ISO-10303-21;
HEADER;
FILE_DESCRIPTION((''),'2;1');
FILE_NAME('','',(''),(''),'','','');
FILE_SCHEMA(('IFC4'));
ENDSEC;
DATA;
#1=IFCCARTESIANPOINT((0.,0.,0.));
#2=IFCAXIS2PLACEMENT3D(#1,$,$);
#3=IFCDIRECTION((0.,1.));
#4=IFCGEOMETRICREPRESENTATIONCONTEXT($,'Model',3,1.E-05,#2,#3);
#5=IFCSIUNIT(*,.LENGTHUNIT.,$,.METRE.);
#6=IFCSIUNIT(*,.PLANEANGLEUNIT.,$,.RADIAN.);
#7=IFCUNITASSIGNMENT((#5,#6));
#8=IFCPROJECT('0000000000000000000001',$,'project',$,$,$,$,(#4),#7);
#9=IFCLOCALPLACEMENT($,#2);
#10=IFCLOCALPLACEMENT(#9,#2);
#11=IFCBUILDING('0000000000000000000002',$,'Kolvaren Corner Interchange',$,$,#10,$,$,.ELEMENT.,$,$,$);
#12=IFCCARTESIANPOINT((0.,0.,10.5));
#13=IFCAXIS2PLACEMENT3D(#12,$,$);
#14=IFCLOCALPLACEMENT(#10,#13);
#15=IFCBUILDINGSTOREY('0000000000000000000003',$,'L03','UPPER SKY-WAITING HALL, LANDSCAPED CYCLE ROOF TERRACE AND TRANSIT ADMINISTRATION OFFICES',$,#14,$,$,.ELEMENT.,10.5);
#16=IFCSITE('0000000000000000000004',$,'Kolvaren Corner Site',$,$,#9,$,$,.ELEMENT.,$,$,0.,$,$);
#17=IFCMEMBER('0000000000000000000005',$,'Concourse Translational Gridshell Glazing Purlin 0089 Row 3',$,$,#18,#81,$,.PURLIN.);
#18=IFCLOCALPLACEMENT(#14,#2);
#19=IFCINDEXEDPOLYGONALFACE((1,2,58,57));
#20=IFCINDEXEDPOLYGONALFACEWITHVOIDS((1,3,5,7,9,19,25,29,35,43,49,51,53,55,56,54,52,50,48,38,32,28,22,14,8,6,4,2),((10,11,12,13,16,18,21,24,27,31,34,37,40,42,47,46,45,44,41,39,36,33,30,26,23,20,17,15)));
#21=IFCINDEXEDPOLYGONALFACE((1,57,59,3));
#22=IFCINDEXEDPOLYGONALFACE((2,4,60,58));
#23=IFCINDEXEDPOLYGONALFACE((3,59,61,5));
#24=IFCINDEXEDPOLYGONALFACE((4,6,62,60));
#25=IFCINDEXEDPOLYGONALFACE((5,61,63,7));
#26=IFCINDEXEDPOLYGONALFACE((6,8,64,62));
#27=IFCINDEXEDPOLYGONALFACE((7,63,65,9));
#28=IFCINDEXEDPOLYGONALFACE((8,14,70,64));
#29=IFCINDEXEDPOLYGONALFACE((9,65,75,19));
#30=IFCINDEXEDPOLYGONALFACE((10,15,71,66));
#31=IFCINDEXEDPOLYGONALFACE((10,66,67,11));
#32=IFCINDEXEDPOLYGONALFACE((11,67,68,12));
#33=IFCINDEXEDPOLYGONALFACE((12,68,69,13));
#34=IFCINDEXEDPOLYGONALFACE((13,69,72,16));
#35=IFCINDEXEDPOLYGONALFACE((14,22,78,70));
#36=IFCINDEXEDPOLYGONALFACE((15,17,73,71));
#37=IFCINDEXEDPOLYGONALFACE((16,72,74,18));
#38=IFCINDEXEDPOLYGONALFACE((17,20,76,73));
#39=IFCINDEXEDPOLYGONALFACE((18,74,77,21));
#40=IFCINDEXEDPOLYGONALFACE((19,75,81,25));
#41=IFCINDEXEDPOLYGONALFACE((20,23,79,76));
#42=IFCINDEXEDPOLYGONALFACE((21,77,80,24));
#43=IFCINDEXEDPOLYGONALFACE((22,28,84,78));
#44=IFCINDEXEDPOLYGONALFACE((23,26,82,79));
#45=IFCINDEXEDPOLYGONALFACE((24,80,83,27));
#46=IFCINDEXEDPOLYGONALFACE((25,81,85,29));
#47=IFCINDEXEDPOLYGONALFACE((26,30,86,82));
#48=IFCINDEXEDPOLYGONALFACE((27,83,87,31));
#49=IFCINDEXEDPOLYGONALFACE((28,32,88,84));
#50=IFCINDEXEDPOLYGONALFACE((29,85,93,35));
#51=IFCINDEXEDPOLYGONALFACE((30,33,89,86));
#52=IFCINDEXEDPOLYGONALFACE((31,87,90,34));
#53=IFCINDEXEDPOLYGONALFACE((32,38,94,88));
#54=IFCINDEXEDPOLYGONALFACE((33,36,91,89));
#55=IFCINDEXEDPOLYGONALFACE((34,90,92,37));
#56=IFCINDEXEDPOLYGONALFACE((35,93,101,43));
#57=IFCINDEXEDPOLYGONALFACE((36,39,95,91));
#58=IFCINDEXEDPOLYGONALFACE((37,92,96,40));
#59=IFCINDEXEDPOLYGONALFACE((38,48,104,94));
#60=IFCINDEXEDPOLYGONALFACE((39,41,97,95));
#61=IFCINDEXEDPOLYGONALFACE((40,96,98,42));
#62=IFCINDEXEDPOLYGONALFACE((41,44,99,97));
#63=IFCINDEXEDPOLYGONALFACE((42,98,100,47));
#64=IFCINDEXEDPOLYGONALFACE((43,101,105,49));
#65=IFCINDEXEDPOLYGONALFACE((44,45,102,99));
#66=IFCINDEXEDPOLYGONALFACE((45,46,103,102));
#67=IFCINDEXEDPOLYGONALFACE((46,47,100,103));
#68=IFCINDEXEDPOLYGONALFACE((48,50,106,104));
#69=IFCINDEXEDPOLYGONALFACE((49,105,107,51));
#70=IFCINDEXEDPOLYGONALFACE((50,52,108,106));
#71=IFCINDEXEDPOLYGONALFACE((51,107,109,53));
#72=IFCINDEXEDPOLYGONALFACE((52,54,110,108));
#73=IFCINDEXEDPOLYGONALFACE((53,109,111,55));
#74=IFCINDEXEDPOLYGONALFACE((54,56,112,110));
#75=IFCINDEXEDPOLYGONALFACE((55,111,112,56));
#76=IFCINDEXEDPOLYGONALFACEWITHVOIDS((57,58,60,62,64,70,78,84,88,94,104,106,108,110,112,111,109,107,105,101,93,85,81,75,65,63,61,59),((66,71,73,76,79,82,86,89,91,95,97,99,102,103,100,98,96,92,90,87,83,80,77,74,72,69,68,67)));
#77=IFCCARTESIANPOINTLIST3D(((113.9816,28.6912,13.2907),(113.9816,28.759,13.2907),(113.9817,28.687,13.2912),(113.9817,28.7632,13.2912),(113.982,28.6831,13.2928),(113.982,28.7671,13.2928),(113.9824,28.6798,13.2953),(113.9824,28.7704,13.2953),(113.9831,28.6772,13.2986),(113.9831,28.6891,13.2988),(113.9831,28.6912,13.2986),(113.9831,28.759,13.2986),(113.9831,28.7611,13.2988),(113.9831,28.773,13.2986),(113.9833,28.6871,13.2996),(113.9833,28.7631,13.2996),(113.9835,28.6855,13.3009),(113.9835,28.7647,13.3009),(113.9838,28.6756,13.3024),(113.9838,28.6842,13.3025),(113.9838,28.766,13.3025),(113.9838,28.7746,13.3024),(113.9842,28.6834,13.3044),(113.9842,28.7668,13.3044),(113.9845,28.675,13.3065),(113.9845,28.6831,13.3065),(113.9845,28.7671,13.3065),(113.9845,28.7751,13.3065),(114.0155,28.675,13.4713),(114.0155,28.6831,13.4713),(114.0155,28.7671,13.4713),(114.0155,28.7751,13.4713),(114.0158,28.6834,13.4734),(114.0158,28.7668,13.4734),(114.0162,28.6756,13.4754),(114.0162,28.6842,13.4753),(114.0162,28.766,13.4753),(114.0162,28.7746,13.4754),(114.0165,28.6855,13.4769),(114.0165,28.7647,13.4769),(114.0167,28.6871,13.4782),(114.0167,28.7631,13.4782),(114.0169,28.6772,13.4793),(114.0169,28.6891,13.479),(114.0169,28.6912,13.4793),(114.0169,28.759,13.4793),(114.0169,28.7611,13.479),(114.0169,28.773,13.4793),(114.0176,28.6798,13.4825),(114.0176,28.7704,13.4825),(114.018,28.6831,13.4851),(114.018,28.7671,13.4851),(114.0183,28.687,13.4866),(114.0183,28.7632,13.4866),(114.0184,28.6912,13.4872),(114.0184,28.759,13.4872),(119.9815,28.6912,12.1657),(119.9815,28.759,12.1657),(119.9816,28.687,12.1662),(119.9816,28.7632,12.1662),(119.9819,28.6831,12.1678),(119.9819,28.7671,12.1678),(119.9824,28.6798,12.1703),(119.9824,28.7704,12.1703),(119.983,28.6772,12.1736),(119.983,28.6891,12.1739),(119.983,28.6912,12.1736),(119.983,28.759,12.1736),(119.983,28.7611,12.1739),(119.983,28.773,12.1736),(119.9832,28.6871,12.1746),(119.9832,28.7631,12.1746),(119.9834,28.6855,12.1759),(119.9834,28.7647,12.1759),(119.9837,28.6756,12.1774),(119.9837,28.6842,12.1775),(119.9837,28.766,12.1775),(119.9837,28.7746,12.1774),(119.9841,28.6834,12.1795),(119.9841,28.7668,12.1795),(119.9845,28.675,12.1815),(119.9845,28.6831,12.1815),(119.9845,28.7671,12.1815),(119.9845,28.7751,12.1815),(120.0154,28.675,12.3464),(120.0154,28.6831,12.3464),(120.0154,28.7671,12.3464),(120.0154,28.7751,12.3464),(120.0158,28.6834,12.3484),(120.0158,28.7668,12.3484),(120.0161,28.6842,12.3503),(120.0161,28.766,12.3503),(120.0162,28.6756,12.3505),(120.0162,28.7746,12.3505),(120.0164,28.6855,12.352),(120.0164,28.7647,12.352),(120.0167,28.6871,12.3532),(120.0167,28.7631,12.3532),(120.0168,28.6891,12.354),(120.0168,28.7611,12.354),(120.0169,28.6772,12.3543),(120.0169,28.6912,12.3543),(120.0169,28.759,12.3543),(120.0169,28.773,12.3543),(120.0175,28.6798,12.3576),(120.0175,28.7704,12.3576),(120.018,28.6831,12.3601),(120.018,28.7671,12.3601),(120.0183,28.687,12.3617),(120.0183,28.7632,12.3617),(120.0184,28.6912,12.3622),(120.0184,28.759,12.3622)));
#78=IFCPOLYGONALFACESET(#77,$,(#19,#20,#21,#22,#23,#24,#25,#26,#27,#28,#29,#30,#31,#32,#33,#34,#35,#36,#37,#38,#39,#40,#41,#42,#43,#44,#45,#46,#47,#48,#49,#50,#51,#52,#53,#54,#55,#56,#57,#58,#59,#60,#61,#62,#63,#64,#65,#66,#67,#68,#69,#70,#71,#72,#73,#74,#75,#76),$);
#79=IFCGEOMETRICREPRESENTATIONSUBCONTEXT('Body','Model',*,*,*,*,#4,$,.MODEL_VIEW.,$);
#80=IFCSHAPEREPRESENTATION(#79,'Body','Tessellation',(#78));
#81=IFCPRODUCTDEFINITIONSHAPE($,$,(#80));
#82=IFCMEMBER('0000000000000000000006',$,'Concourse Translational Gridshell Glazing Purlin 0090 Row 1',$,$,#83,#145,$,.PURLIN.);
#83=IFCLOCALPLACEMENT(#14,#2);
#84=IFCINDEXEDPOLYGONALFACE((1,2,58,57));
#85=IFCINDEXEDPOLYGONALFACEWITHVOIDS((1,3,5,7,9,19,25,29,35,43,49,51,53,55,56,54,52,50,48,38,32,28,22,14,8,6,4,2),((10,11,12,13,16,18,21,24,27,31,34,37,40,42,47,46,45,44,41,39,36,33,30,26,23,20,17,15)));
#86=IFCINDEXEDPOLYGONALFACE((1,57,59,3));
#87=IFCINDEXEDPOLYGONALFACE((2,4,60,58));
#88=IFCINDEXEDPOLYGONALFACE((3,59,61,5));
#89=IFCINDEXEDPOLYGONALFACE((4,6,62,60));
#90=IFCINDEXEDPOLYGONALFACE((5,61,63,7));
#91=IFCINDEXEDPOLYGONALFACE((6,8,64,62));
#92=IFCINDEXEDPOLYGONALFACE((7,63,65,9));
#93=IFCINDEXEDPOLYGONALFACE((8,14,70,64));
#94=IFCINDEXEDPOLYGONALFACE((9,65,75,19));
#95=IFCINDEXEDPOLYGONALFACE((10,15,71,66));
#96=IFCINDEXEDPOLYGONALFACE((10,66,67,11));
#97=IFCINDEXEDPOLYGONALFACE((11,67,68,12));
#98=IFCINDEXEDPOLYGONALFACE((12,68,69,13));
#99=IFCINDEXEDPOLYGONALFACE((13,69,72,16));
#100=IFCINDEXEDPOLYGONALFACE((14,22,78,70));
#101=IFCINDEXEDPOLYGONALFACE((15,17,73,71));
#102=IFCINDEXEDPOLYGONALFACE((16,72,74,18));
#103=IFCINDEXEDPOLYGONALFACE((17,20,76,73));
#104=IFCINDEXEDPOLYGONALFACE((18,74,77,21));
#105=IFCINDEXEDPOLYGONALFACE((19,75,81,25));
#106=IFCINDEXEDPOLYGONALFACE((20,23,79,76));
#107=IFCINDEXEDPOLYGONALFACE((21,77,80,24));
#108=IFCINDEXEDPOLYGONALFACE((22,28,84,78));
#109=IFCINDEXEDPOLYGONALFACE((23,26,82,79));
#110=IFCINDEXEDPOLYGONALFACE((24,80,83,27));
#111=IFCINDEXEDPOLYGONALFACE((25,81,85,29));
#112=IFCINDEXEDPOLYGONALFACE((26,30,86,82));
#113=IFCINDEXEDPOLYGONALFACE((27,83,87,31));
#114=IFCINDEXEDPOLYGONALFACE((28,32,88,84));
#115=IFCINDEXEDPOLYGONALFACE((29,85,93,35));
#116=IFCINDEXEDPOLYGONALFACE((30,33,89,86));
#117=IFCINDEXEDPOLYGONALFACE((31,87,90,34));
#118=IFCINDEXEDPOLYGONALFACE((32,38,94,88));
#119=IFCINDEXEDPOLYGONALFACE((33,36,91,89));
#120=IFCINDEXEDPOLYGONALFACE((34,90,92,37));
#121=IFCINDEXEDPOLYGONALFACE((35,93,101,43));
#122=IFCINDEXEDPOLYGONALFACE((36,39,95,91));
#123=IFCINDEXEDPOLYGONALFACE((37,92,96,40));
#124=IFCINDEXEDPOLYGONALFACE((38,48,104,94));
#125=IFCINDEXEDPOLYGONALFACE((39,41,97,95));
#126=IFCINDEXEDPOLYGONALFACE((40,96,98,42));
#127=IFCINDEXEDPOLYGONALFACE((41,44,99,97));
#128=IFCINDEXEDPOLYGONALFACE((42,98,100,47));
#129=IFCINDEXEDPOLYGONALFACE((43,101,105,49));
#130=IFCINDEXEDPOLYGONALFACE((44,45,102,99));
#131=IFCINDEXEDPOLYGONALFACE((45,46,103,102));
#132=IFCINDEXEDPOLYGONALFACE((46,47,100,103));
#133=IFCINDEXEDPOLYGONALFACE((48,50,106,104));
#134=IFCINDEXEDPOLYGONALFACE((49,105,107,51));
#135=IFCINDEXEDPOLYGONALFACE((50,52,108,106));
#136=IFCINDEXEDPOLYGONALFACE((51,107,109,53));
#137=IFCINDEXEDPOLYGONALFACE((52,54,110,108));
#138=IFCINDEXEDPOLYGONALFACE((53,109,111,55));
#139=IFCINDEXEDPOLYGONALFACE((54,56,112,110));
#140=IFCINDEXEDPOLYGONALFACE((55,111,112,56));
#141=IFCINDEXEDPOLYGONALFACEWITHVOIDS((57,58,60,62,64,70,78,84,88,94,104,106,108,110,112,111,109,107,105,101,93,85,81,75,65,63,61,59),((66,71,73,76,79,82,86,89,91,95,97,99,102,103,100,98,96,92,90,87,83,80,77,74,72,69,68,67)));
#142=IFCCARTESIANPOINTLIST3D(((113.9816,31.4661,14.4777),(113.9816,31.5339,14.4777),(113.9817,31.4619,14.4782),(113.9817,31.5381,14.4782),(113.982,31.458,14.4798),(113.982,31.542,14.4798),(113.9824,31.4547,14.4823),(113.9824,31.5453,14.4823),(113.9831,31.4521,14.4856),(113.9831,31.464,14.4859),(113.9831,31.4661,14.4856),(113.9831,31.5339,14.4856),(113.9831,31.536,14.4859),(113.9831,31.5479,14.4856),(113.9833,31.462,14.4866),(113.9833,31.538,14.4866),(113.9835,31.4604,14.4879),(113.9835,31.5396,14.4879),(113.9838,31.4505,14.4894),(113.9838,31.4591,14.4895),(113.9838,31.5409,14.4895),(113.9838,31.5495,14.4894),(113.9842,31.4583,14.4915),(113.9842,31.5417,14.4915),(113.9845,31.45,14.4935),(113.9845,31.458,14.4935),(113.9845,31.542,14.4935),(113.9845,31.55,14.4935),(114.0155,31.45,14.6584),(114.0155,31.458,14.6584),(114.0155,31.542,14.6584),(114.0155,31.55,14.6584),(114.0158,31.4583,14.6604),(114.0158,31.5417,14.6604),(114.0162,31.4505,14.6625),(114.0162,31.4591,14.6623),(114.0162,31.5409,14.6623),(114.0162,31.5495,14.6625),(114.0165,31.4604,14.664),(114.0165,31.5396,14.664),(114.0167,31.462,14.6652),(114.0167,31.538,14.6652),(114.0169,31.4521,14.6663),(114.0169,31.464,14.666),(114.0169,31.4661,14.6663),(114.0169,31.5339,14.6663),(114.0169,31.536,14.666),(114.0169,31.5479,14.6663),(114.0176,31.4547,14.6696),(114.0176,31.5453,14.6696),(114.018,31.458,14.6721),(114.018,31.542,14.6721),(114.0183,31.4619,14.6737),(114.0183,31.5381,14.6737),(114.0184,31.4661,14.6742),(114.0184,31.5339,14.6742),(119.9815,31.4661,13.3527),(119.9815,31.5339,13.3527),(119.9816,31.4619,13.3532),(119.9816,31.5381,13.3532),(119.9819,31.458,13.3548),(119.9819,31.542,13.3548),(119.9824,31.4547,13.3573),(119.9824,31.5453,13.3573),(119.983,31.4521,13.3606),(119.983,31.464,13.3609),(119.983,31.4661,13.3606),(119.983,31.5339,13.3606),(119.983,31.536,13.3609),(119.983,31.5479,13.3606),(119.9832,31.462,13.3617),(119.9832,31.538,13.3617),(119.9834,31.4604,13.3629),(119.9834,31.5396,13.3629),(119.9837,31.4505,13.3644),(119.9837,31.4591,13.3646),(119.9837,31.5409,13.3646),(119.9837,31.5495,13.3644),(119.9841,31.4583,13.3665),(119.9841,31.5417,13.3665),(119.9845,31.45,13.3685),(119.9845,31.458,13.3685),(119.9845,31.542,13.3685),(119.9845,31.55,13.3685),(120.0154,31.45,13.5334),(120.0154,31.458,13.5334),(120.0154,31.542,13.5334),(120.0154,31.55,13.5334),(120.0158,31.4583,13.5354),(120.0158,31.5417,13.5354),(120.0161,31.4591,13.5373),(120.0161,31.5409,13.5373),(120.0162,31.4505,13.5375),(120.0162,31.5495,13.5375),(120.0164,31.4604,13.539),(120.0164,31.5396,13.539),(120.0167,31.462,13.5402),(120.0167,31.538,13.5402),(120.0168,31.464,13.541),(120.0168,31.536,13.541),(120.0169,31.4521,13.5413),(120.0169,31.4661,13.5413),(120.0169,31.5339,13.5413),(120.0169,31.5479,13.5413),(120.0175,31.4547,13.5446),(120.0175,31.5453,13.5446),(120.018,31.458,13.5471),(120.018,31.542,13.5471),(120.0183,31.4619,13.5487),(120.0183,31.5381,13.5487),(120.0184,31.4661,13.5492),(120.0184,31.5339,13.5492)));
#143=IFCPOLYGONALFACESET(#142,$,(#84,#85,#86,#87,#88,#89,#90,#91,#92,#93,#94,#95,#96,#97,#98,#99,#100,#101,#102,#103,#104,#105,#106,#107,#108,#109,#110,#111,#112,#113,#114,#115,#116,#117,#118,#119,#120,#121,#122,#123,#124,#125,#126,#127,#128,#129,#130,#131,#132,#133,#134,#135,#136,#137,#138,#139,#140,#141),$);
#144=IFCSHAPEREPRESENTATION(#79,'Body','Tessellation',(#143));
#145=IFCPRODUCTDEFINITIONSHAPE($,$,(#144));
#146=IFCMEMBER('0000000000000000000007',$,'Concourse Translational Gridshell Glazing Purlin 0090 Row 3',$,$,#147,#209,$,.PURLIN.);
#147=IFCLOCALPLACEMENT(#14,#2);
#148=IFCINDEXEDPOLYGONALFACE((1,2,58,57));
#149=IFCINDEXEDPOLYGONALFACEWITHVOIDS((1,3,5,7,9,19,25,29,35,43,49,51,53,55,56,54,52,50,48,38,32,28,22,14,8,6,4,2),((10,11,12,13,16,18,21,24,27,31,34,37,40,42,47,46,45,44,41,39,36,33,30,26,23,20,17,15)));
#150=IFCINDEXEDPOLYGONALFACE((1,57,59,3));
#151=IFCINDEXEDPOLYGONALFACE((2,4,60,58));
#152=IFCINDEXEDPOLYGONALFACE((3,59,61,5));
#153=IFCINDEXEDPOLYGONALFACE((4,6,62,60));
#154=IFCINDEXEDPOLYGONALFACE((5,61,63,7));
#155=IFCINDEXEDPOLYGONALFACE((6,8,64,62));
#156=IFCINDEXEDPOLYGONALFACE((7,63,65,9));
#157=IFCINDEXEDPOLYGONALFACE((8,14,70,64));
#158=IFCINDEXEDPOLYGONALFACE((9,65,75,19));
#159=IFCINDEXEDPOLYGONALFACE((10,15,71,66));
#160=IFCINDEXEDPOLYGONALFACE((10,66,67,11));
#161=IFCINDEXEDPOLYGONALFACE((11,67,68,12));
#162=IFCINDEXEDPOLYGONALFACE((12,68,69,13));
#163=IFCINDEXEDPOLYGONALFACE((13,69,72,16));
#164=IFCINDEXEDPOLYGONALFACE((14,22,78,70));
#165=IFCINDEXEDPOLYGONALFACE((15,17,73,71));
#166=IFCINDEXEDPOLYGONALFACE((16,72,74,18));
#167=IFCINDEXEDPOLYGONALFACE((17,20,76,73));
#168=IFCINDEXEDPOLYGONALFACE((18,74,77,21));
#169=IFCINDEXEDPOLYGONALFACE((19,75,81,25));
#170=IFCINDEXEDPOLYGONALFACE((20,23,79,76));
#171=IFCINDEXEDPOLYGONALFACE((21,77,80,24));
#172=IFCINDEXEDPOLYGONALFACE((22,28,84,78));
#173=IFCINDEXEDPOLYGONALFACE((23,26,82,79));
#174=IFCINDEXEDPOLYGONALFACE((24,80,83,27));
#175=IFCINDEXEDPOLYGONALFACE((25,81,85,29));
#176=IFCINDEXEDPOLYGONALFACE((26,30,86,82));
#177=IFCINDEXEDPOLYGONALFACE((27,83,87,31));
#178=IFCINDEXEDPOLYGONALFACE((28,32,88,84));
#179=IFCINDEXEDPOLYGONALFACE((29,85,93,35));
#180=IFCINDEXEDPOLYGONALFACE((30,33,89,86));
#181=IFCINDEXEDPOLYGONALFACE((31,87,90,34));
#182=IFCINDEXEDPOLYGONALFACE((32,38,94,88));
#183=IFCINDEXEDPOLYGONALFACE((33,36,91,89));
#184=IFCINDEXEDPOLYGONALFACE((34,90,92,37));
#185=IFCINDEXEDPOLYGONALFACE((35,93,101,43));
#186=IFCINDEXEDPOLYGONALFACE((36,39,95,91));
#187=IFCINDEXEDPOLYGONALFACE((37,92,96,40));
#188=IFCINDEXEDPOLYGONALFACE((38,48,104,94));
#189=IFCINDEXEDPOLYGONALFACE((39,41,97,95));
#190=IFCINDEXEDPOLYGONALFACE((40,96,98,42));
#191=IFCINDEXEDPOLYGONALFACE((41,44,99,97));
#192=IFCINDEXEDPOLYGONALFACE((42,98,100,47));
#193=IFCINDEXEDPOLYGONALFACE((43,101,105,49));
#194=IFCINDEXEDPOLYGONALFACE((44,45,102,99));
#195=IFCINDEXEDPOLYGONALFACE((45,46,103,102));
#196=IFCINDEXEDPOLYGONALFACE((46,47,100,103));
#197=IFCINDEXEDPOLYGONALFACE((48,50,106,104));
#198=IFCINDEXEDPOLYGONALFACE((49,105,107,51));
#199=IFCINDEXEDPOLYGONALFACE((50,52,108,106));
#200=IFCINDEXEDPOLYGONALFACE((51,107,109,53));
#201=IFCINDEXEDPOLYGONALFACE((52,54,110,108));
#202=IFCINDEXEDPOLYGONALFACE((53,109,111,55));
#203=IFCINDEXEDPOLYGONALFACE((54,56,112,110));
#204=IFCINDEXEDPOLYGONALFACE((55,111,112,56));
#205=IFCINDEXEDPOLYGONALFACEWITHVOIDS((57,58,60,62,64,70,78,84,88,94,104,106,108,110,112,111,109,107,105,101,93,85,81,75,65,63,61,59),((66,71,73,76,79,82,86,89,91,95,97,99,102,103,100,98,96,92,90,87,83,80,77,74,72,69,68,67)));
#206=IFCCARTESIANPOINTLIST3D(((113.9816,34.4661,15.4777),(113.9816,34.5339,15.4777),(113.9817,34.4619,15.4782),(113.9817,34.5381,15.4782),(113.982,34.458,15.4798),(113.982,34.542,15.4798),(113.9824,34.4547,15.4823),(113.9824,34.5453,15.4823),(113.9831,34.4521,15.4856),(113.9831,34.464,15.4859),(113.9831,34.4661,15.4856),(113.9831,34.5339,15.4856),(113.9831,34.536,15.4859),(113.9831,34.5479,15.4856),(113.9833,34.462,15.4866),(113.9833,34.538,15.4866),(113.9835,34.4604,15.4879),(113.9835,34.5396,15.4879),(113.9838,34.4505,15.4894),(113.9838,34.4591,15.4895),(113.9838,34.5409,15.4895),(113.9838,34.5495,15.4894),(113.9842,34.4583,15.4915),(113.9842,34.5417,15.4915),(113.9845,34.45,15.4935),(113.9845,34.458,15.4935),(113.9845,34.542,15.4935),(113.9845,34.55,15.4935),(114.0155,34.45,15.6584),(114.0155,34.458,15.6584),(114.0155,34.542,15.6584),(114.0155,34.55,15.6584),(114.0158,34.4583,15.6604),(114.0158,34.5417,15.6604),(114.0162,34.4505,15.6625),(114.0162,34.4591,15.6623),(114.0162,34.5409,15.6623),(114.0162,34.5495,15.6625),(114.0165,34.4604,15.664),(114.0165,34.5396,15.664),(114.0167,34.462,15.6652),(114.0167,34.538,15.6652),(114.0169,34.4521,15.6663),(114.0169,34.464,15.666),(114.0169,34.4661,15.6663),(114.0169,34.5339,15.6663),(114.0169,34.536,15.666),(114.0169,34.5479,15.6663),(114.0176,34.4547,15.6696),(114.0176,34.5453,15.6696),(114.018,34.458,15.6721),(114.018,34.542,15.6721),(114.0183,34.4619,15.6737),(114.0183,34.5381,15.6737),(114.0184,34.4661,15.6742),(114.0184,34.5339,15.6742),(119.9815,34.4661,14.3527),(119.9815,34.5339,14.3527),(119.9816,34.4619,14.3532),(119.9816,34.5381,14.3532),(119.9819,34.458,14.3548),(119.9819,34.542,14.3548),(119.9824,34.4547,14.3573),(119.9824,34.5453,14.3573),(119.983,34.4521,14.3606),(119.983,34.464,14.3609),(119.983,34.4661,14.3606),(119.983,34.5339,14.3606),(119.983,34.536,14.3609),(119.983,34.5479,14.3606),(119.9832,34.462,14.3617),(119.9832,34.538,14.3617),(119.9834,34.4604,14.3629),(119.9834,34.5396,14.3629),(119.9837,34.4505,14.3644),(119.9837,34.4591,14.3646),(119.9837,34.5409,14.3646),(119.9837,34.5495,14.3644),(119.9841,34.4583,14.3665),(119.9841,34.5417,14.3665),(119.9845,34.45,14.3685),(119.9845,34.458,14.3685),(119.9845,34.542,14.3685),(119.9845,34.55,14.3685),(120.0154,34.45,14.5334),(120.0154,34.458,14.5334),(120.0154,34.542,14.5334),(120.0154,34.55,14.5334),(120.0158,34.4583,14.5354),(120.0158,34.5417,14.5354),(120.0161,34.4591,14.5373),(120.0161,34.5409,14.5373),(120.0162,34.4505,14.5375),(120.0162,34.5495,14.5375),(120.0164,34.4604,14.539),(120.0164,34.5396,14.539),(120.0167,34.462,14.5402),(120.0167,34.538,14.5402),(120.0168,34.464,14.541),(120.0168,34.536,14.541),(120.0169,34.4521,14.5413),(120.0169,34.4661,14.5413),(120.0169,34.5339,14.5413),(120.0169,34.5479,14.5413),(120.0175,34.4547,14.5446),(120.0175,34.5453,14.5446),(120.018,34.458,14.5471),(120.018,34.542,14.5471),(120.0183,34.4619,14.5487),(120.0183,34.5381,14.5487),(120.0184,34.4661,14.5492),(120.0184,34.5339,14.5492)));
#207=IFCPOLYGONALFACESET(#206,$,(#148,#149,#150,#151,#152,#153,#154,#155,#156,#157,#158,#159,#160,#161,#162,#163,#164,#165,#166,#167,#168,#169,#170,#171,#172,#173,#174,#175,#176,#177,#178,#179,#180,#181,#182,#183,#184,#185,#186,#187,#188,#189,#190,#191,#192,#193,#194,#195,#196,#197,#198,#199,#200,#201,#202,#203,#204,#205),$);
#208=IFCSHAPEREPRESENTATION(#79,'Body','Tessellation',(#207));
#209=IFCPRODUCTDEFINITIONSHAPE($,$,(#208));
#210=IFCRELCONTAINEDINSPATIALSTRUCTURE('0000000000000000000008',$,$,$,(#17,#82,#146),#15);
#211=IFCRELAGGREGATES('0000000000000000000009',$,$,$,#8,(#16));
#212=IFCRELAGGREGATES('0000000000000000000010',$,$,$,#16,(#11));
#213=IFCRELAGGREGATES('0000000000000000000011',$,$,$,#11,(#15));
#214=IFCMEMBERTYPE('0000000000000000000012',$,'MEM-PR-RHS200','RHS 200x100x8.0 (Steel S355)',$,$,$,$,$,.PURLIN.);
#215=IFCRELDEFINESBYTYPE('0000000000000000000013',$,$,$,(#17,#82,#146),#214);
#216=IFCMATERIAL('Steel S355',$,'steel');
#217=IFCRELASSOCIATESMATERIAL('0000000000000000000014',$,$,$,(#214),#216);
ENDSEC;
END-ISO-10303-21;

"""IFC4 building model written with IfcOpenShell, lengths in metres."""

from ifc_helpers import new_model, si_unit, direction, frame, origin, origin_2d, place, context, subcontext, project, spatial, hollow_rectangle, extrude, material, material_profile, profile_set, type_object, element, save


model = new_model("IFC4")

# Units and contexts
model_context = context("Model", 3, precision=1e-05, world=origin(), true_north=direction((0.0, 1.0)))
body_context = subcontext(model_context, "Body", "Model", "MODEL_VIEW")
ifc_project = project(units=[si_unit("LENGTHUNIT", "METRE"), si_unit("PLANEANGLEUNIT", "RADIAN")], contexts=[model_context])

# Site, building, storey
site_placement = place(None, origin())
site = spatial("IfcSite", under=ifc_project, at=site_placement, Name="Kolvaren Corner Site", CompositionType="ELEMENT", RefElevation=0.0)
building_placement = place(site_placement, origin())
building = spatial("IfcBuilding", under=site, at=building_placement, Name="Kolvaren Corner Interchange", CompositionType="ELEMENT")
storey_placement = place(building_placement, frame((0.0, 0.0, 10.5)))
storey = spatial("IfcBuildingStorey", under=building, at=storey_placement, Name="L03", Description="UPPER SKY-WAITING HALL, LANDSCAPED CYCLE ROOF TERRACE AND TRANSIT ADMINISTRATION OFFICES", CompositionType="ELEMENT", Elevation=10.5)

# Members
ifc_material_1 = material(Name="Steel S355", Category="steel")
ifc_material_profile_1 = material_profile(ifc_material_1, hollow_rectangle(XDim=0.1001, YDim=0.2, WallThickness=0.0081, InnerFilletRadius=0.0081, OuterFilletRadius=0.0161, at=origin_2d()), Name="RHS 200x100x8.0")
ifc_profile_set_1 = profile_set([ifc_material_profile_1], Name="Steel S355")
member_type_1 = type_object("IfcMemberType", Name="MEM-PR-RHS200", Description="RHS 200x100x8.0 (Steel S355)", PredefinedType="PURLIN", material=ifc_profile_set_1)
for number, where, z_axis, x_axis, name in (
    (1, (114.0, 28.7251, 13.3889), (0.982872, 0.0, -0.184289), (0.0, 1.0, 0.0), "Concourse Translational Gridshell Glazing Purlin 0089 Row 3"),
    (2, (114.0, 31.5, 14.5759), (0.982872, 0.0, -0.184289), (0.0, 1.0, 0.0), "Concourse Translational Gridshell Glazing Purlin 0090 Row 1"),
    (3, (114.0, 34.5, 15.5759), (0.982872, 0.0, -0.184289), (0.0, 1.0, 0.0), "Concourse Translational Gridshell Glazing Purlin 0090 Row 3"),
):
    element("IfcMember", number, at=place(storey_placement, frame(where, z_axis=z_axis, x_axis=x_axis)), inside=storey, type_object=member_type_1, Name=name, PredefinedType="PURLIN", context=body_context, shape_type="SweptSolid", body=[
        extrude(hollow_rectangle(XDim=0.1001, YDim=0.2, WallThickness=0.0081, InnerFilletRadius=0.0081, OuterFilletRadius=0.0161, at=origin_2d()), origin(), (0.0, 0.0, 1.0), 6.1045),
    ])

save(model, "model.ifc")
